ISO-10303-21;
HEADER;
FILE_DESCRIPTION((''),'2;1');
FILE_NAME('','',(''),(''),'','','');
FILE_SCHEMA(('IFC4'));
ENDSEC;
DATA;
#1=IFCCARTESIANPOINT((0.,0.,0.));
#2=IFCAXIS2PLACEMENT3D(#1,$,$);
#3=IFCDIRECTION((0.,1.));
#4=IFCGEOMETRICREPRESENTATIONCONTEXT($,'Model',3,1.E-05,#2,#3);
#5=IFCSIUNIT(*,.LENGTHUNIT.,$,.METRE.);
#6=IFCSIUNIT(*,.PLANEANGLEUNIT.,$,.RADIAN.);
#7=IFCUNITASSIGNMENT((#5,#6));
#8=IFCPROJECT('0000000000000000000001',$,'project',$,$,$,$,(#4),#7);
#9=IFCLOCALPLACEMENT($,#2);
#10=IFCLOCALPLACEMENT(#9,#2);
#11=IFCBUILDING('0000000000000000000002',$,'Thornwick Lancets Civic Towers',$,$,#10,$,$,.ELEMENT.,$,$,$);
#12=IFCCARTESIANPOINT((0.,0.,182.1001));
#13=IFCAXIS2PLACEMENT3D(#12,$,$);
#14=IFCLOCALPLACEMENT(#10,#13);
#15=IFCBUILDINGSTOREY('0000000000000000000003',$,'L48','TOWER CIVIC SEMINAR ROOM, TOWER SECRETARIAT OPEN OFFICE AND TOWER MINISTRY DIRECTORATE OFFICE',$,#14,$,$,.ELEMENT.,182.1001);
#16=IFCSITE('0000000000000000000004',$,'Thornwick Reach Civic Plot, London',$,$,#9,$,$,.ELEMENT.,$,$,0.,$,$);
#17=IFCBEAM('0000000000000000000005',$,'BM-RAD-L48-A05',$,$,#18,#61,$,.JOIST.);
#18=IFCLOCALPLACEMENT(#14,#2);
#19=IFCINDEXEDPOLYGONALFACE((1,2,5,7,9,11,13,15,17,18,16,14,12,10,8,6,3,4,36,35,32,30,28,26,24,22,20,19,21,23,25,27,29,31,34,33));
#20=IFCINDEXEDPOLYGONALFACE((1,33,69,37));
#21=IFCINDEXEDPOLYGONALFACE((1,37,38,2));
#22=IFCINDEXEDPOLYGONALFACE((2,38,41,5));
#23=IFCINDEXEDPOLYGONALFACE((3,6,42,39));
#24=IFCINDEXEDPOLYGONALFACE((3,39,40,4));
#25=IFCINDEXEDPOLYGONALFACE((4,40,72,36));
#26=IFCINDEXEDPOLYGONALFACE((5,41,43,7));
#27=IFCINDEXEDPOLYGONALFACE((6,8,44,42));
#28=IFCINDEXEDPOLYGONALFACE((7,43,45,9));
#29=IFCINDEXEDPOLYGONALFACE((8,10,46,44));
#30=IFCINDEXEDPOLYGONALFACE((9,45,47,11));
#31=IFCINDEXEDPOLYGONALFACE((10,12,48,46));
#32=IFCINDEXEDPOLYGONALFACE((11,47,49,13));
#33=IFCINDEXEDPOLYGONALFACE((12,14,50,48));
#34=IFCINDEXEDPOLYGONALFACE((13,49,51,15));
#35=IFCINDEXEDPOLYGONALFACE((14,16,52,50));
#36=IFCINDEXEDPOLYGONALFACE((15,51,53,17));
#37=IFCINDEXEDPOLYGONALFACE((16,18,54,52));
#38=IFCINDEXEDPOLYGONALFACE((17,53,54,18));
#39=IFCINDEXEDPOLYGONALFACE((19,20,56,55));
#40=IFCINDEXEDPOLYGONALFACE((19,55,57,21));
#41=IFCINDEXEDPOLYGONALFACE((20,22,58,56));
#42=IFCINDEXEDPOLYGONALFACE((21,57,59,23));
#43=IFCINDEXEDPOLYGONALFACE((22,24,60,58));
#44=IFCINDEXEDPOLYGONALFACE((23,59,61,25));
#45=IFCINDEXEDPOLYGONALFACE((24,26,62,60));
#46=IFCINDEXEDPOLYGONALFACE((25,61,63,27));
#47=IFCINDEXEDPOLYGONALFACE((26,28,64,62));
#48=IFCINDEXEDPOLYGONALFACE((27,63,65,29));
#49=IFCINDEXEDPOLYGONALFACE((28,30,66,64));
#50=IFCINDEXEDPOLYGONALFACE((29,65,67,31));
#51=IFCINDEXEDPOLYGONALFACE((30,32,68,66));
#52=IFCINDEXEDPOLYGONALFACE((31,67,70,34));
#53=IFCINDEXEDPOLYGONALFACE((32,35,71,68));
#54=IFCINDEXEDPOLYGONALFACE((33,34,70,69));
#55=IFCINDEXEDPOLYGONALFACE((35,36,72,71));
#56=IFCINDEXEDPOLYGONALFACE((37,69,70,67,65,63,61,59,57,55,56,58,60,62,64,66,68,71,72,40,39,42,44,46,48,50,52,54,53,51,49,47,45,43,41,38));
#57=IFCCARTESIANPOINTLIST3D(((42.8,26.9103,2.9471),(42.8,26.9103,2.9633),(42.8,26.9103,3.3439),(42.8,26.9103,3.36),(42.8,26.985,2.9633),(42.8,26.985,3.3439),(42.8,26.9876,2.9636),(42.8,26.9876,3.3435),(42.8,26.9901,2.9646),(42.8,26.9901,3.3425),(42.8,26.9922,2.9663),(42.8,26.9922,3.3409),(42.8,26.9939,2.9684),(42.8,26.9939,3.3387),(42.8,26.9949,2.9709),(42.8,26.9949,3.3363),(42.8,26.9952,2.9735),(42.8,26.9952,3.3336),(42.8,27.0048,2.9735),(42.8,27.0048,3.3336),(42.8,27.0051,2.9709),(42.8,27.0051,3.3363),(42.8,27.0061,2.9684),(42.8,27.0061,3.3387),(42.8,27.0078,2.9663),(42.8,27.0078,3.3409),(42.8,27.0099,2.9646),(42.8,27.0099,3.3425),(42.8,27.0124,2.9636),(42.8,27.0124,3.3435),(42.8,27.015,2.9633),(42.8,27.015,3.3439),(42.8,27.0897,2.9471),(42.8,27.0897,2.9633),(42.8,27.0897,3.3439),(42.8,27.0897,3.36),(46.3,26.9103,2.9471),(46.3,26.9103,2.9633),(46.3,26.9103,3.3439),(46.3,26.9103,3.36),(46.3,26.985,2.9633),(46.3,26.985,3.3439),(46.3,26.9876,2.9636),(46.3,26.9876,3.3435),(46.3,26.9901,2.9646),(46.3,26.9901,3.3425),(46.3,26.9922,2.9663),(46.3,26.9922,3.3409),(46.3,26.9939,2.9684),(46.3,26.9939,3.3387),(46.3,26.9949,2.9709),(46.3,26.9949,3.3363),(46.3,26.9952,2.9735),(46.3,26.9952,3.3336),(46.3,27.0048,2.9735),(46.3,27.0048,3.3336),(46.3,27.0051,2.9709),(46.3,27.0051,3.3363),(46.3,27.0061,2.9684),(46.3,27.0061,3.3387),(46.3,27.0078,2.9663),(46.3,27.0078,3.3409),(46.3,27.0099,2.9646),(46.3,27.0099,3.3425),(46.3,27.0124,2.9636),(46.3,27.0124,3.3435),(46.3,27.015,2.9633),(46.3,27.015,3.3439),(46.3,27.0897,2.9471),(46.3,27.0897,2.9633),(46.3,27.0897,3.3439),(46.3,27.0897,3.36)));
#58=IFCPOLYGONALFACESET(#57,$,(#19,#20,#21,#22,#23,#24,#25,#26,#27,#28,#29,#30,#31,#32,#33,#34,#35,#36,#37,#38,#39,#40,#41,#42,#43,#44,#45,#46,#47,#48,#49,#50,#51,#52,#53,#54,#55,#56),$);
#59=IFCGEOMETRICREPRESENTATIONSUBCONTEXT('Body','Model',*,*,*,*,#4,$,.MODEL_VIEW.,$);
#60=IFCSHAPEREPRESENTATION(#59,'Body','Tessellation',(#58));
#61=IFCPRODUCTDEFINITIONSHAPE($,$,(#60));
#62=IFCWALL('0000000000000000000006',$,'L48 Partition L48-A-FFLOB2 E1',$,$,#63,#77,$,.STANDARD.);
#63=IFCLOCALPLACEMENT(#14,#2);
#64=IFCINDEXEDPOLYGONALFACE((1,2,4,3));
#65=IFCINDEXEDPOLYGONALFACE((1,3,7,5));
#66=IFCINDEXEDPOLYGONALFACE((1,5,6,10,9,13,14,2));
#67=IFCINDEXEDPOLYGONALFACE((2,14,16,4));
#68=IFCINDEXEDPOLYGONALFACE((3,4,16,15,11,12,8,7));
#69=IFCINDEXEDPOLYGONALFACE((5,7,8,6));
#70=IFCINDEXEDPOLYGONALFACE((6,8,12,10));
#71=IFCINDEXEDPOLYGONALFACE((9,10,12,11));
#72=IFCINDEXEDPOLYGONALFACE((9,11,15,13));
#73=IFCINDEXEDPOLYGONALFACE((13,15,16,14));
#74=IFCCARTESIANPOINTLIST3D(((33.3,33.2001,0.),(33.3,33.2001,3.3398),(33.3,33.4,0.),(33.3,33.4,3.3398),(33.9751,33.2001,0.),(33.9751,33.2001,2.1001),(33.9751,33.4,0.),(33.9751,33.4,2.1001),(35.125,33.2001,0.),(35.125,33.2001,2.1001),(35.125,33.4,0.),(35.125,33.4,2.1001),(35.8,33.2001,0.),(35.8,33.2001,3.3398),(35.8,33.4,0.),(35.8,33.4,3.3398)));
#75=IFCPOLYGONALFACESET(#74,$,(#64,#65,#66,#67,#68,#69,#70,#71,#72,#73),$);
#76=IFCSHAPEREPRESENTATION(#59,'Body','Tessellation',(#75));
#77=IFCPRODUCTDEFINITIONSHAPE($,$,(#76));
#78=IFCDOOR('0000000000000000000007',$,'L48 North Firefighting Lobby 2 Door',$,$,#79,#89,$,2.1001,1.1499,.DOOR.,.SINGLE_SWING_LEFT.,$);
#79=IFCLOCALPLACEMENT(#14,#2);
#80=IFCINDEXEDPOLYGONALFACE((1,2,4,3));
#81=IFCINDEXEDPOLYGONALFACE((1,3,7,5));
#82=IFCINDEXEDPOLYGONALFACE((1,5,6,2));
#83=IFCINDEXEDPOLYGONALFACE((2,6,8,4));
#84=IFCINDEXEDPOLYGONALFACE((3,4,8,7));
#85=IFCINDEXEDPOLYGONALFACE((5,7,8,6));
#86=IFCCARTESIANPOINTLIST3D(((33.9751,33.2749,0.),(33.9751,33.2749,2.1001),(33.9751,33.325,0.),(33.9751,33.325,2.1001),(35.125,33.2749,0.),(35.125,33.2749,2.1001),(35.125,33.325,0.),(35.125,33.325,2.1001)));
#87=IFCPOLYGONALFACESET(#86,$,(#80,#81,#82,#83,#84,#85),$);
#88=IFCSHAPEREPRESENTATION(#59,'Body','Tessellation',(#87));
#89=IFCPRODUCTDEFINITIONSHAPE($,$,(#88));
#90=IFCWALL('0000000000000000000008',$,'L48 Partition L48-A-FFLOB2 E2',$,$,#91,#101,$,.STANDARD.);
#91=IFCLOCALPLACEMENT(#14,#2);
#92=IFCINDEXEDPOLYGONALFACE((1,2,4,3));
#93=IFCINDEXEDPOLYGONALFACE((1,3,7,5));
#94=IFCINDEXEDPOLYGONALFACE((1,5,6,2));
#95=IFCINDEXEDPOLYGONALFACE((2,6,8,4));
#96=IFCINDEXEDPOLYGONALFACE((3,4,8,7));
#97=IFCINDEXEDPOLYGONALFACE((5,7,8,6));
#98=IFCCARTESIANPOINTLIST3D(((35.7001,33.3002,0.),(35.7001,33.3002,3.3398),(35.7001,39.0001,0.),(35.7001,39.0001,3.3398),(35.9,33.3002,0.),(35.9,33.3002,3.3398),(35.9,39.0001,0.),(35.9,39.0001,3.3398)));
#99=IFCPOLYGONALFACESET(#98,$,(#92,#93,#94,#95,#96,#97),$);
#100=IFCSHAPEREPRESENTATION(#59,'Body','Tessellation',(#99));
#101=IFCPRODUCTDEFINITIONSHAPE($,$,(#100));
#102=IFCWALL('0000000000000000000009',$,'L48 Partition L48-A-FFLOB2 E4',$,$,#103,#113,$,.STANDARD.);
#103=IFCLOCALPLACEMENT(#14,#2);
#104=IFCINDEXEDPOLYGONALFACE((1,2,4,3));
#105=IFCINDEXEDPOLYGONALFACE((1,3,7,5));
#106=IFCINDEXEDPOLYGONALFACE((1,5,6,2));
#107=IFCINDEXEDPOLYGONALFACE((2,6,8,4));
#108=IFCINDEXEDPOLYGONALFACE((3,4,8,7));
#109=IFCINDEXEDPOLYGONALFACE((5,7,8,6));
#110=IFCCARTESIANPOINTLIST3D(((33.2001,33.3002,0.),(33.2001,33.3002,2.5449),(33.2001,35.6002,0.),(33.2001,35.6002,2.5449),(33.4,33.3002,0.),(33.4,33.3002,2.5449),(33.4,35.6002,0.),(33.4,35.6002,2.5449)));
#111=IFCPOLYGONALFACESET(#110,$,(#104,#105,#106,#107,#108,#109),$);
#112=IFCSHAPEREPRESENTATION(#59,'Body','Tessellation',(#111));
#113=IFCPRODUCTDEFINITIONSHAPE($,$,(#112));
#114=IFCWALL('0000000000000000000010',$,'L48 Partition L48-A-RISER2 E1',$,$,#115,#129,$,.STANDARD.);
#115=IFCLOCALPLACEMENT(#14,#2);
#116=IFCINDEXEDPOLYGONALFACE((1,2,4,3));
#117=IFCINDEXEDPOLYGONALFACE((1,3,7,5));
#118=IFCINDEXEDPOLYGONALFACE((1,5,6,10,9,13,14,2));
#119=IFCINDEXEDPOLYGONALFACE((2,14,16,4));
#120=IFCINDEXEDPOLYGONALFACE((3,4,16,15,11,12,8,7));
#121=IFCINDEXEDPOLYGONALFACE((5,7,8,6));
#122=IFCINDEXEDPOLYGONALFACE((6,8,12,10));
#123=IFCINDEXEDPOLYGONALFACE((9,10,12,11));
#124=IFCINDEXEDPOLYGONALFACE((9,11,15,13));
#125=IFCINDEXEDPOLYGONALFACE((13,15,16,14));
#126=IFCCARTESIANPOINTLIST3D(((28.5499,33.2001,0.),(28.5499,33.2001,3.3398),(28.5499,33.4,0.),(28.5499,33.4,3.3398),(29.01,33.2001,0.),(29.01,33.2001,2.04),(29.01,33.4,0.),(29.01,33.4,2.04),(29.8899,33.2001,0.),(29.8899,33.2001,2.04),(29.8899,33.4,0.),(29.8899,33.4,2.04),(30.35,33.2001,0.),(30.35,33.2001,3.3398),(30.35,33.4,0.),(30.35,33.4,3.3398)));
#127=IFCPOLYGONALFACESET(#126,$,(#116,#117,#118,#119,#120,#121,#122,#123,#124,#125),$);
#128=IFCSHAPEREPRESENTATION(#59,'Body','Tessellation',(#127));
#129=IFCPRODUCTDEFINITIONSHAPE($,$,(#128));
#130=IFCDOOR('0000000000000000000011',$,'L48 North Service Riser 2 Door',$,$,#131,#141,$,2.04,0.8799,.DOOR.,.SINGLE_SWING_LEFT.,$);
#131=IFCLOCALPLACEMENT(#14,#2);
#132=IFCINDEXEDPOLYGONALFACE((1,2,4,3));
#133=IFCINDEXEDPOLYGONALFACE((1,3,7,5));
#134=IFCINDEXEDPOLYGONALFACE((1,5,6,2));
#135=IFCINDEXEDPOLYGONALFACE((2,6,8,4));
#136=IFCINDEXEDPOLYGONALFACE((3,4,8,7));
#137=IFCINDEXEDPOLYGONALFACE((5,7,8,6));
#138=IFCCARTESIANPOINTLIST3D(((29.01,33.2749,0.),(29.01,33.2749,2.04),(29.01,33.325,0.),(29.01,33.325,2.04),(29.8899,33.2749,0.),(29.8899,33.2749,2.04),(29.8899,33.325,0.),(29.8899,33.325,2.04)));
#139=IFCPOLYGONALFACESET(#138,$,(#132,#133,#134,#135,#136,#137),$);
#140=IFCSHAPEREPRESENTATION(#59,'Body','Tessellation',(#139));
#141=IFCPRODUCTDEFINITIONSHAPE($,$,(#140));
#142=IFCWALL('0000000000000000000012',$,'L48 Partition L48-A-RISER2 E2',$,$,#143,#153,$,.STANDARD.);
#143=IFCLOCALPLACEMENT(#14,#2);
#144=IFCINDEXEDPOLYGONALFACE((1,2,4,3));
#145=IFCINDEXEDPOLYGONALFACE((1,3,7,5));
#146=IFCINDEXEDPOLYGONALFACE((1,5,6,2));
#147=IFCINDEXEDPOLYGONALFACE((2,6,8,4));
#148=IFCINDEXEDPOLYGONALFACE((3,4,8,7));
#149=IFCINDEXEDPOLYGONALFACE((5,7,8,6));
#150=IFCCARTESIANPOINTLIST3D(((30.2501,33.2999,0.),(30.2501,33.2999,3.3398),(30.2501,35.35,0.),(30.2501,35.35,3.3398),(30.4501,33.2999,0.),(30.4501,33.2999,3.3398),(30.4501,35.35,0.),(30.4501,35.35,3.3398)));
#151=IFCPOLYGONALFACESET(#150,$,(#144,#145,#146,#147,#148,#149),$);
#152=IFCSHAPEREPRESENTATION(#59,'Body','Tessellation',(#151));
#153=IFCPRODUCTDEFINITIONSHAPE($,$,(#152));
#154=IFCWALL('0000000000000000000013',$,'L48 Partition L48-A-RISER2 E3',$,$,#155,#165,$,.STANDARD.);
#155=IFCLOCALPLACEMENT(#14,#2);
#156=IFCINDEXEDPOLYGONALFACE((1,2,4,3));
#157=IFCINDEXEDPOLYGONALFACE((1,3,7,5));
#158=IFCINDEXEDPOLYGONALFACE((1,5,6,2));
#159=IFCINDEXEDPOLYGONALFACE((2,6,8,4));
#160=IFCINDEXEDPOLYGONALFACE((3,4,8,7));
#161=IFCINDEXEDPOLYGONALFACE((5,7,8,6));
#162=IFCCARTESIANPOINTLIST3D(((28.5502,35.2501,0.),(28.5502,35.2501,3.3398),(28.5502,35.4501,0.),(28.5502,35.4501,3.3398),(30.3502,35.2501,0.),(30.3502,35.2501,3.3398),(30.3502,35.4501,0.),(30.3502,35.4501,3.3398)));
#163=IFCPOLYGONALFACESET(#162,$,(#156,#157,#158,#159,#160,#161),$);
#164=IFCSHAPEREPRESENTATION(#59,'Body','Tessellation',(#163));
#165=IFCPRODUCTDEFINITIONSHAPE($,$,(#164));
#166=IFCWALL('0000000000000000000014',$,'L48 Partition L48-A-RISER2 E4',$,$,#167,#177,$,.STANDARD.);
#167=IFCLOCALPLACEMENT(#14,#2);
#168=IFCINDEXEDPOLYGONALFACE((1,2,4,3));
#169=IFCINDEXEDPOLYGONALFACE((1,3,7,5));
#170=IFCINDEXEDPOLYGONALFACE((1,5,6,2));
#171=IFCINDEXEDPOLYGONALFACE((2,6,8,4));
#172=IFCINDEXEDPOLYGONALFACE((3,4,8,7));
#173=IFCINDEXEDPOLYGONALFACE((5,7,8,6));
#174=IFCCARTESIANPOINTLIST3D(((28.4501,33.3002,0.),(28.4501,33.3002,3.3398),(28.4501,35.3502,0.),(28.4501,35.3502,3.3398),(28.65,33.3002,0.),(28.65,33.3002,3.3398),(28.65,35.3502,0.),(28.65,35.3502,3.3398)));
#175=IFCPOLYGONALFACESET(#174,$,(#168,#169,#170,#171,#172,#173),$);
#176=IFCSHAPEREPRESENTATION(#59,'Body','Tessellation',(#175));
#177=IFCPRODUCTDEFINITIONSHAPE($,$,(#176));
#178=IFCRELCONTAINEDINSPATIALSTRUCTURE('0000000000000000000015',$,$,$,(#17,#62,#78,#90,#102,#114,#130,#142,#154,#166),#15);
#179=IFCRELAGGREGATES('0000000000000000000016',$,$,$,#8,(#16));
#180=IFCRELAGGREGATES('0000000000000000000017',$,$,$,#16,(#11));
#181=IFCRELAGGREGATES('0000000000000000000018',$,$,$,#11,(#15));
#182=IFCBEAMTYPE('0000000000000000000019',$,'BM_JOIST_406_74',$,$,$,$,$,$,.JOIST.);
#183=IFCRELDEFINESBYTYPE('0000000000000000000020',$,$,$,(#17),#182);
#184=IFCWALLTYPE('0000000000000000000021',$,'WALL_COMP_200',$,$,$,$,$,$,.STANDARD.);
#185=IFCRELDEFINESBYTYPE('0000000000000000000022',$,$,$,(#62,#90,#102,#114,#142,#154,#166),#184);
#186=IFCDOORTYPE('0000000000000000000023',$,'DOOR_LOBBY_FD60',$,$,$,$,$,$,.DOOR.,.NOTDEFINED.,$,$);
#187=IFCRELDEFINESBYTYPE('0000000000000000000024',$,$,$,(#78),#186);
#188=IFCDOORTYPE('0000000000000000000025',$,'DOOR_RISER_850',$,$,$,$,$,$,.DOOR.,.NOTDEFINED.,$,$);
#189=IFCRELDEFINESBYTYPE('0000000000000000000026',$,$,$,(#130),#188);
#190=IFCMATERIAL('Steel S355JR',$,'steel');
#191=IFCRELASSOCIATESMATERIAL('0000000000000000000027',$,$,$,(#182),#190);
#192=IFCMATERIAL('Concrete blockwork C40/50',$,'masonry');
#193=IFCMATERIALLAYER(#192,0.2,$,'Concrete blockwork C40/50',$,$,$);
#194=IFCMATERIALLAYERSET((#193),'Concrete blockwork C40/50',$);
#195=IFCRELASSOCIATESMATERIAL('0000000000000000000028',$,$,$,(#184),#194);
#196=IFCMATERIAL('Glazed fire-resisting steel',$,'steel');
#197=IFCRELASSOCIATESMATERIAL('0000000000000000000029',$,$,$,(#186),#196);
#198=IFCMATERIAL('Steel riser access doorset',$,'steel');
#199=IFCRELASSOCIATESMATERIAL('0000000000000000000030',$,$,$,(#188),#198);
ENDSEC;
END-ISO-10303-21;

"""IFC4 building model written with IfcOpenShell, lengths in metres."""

from ifc_helpers import new_model, si_unit, direction, frame, frame_2d, origin, origin_2d, place, context, subcontext, project, spatial, rectangle, i_section, extrude, material, layer, layer_set, material_profile, profile_set, type_object, element, fill, save


model = new_model("IFC4")

# Units and contexts
model_context = context("Model", 3, precision=1e-05, world=origin(), true_north=direction((0.0, 1.0)))
body_context = subcontext(model_context, "Body", "Model", "MODEL_VIEW")
ifc_project = project(units=[si_unit("LENGTHUNIT", "METRE"), si_unit("PLANEANGLEUNIT", "RADIAN")], contexts=[model_context])

# Site, building, storey
site_placement = place(None, origin())
site = spatial("IfcSite", under=ifc_project, at=site_placement, Name="Thornwick Reach Civic Plot, London", CompositionType="ELEMENT", RefElevation=0.0)
building_placement = place(site_placement, origin())
building = spatial("IfcBuilding", under=site, at=building_placement, Name="Thornwick Lancets Civic Towers", CompositionType="ELEMENT")
storey_placement = place(building_placement, frame((0.0, 0.0, 182.1001)))
storey = spatial("IfcBuildingStorey", under=building, at=storey_placement, Name="L48", Description="TOWER CIVIC SEMINAR ROOM, TOWER SECRETARIAT OPEN OFFICE AND TOWER MINISTRY DIRECTORATE OFFICE", CompositionType="ELEMENT", Elevation=182.1001)

# Beam
ifc_material_1 = material(Name="Steel S355JR", Category="steel")
ifc_material_profile_1 = material_profile(ifc_material_1, i_section(OverallWidth=0.1794, OverallDepth=0.4128, WebThickness=0.0095, FlangeThickness=0.0161, FilletRadius=0.0103, at=origin_2d()), Name="UKB 406x178x74")
ifc_profile_set_1 = profile_set([ifc_material_profile_1], Name="Steel S355JR")
beam_type_1 = type_object("IfcBeamType", Name="BM_JOIST_406_74", PredefinedType="JOIST", material=ifc_profile_set_1)
beam_1_placement = place(storey_placement, frame((42.8, 27.0, 3.1536), z_axis=(1.0, 0.0, 0.0), x_axis=(0.0, 1.0, 0.0)))
element("IfcBeam", 1, at=beam_1_placement, inside=storey, type_object=beam_type_1, Name="BM-RAD-L48-A05", PredefinedType="JOIST", context=body_context, shape_type="SweptSolid", body=[
    extrude(i_section(OverallWidth=0.1794, OverallDepth=0.4128, WebThickness=0.0095, FlangeThickness=0.0161, FilletRadius=0.0103, at=origin_2d()), origin(), (0.0, 0.0, 1.0), 3.5),
])

# Wall, opening, door
ifc_material_2 = material(Name="Concrete blockwork C40/50", Category="masonry")
ifc_layer_1 = layer(ifc_material_2, 0.2, Name="Concrete blockwork C40/50")
ifc_layer_set_1 = layer_set([ifc_layer_1], Name="Concrete blockwork C40/50")
wall_type_1 = type_object("IfcWallType", Name="WALL_COMP_200", PredefinedType="STANDARD", material=ifc_layer_set_1)
wall_1_placement = place(storey_placement, frame((33.3, 33.3, 0.0), z_axis=(0.0, 0.0, 1.0), x_axis=(1.0, 0.0, 0.0)))
wall_1 = element("IfcWall", 2, at=wall_1_placement, inside=storey, type_object=wall_type_1, Name="L48 Partition L48-A-FFLOB2 E1", PredefinedType="STANDARD", context=body_context, shape_type="SweptSolid", body=[
    extrude(rectangle(XDim=2.5, YDim=0.2, at=frame_2d((1.25, 0.0))), origin(), (0.0, 0.0, 1.0), 3.3398),
])
opening_1_placement = place(wall_1_placement, frame((0.675, 0.0, 0.0)))
opening_1 = element("IfcOpeningElement", 3, at=opening_1_placement, cuts=wall_1, PredefinedType="OPENING", context=body_context, shape_type="SweptSolid", body=[
    extrude(rectangle(XDim=1.1499, YDim=2.1001, at=frame_2d((0.575, 1.05))), frame((0.0, 0.1099, 0.0), z_axis=(0.0, -1.0, 0.0), x_axis=(1.0, 0.0, 0.0)), (0.0, 0.0, 1.0), 0.22),
])
ifc_material_3 = material(Name="Glazed fire-resisting steel", Category="steel")
door_type_1 = type_object("IfcDoorType", Name="DOOR_LOBBY_FD60", OperationType="NOTDEFINED", PredefinedType="DOOR", material=ifc_material_3)
door_1_placement = place(opening_1_placement, origin())
door_1 = element("IfcDoor", 4, at=door_1_placement, inside=storey, type_object=door_type_1, Name="L48 North Firefighting Lobby 2 Door", OperationType="SINGLE_SWING_LEFT", OverallHeight=2.1001, OverallWidth=1.1499, PredefinedType="DOOR", context=body_context, shape_type="SweptSolid", body=[
    extrude(rectangle(XDim=1.1499, YDim=2.1001, at=frame_2d((0.575, 1.05))), frame((0.0, 0.0249, 0.0), z_axis=(0.0, -1.0, 0.0), x_axis=(1.0, 0.0, 0.0)), (0.0, 0.0, 1.0), 0.05),
])
fill(opening_1, door_1)

# Walls
wall_2_placement = place(storey_placement, frame((35.8, 33.3, 0.0), z_axis=(0.0, 0.0, 1.0), x_axis=(0.0, 1.0, 0.0)))
element("IfcWall", 5, at=wall_2_placement, inside=storey, type_object=wall_type_1, Name="L48 Partition L48-A-FFLOB2 E2", PredefinedType="STANDARD", context=body_context, shape_type="SweptSolid", body=[
    extrude(rectangle(XDim=5.7, YDim=0.2, at=frame_2d((2.8501, 0.0))), origin(), (0.0, 0.0, 1.0), 3.3398),
])
wall_3_placement = place(storey_placement, frame((33.3, 35.6001, 0.0), z_axis=(0.0, 0.0, 1.0), x_axis=(0.0, -1.0, 0.0)))
element("IfcWall", 6, at=wall_3_placement, inside=storey, type_object=wall_type_1, Name="L48 Partition L48-A-FFLOB2 E4", PredefinedType="STANDARD", context=body_context, shape_type="SweptSolid", body=[
    extrude(rectangle(XDim=2.3, YDim=0.2, at=frame_2d((1.1499, 0.0))), origin(), (0.0, 0.0, 1.0), 2.5449),
])

# Wall, opening, door
wall_4_placement = place(storey_placement, frame((28.55, 33.3, 0.0), z_axis=(0.0, 0.0, 1.0), x_axis=(1.0, 0.0, 0.0)))
wall_4 = element("IfcWall", 7, at=wall_4_placement, inside=storey, type_object=wall_type_1, Name="L48 Partition L48-A-RISER2 E1", PredefinedType="STANDARD", context=body_context, shape_type="SweptSolid", body=[
    extrude(rectangle(XDim=1.8, YDim=0.2, at=frame_2d((0.8999, 0.0))), origin(), (0.0, 0.0, 1.0), 3.3398),
])
opening_2_placement = place(wall_4_placement, frame((0.46, 0.0, 0.0)))
opening_2 = element("IfcOpeningElement", 8, at=opening_2_placement, cuts=wall_4, PredefinedType="OPENING", context=body_context, shape_type="SweptSolid", body=[
    extrude(rectangle(XDim=0.8799, YDim=2.04, at=frame_2d((0.4399, 1.02))), frame((0.0, 0.1099, 0.0), z_axis=(0.0, -1.0, 0.0), x_axis=(1.0, 0.0, 0.0)), (0.0, 0.0, 1.0), 0.22),
])
ifc_material_4 = material(Name="Steel riser access doorset", Category="steel")
door_type_2 = type_object("IfcDoorType", Name="DOOR_RISER_850", OperationType="NOTDEFINED", PredefinedType="DOOR", material=ifc_material_4)
door_2_placement = place(opening_2_placement, origin())
door_2 = element("IfcDoor", 9, at=door_2_placement, inside=storey, type_object=door_type_2, Name="L48 North Service Riser 2 Door", OperationType="SINGLE_SWING_LEFT", OverallHeight=2.04, OverallWidth=0.8799, PredefinedType="DOOR", context=body_context, shape_type="SweptSolid", body=[
    extrude(rectangle(XDim=0.8799, YDim=2.04, at=frame_2d((0.4399, 1.02))), frame((0.0, 0.0249, 0.0), z_axis=(0.0, -1.0, 0.0), x_axis=(1.0, 0.0, 0.0)), (0.0, 0.0, 1.0), 0.05),
])
fill(opening_2, door_2)

# Walls
wall_5_placement = place(storey_placement, frame((30.3501, 33.3, 0.0), z_axis=(0.0, 0.0, 1.0), x_axis=(0.0, 1.0, 0.0)))
element("IfcWall", 10, at=wall_5_placement, inside=storey, type_object=wall_type_1, Name="L48 Partition L48-A-RISER2 E2", PredefinedType="STANDARD", context=body_context, shape_type="SweptSolid", body=[
    extrude(rectangle(XDim=2.05, YDim=0.2, at=frame_2d((1.0249, 0.0))), origin(), (0.0, 0.0, 1.0), 3.3398),
])
wall_6_placement = place(storey_placement, frame((30.3501, 35.3501, 0.0), z_axis=(0.0, 0.0, 1.0), x_axis=(-1.0, 0.0, 0.0)))
element("IfcWall", 11, at=wall_6_placement, inside=storey, type_object=wall_type_1, Name="L48 Partition L48-A-RISER2 E3", PredefinedType="STANDARD", context=body_context, shape_type="SweptSolid", body=[
    extrude(rectangle(XDim=1.8, YDim=0.2, at=frame_2d((0.8999, 0.0))), origin(), (0.0, 0.0, 1.0), 3.3398),
])
wall_7_placement = place(storey_placement, frame((28.55, 35.3501, 0.0), z_axis=(0.0, 0.0, 1.0), x_axis=(0.0, -1.0, 0.0)))
element("IfcWall", 12, at=wall_7_placement, inside=storey, type_object=wall_type_1, Name="L48 Partition L48-A-RISER2 E4", PredefinedType="STANDARD", context=body_context, shape_type="SweptSolid", body=[
    extrude(rectangle(XDim=2.05, YDim=0.2, at=frame_2d((1.0249, 0.0))), origin(), (0.0, 0.0, 1.0), 3.3398),
])

save(model, "model.ifc")
